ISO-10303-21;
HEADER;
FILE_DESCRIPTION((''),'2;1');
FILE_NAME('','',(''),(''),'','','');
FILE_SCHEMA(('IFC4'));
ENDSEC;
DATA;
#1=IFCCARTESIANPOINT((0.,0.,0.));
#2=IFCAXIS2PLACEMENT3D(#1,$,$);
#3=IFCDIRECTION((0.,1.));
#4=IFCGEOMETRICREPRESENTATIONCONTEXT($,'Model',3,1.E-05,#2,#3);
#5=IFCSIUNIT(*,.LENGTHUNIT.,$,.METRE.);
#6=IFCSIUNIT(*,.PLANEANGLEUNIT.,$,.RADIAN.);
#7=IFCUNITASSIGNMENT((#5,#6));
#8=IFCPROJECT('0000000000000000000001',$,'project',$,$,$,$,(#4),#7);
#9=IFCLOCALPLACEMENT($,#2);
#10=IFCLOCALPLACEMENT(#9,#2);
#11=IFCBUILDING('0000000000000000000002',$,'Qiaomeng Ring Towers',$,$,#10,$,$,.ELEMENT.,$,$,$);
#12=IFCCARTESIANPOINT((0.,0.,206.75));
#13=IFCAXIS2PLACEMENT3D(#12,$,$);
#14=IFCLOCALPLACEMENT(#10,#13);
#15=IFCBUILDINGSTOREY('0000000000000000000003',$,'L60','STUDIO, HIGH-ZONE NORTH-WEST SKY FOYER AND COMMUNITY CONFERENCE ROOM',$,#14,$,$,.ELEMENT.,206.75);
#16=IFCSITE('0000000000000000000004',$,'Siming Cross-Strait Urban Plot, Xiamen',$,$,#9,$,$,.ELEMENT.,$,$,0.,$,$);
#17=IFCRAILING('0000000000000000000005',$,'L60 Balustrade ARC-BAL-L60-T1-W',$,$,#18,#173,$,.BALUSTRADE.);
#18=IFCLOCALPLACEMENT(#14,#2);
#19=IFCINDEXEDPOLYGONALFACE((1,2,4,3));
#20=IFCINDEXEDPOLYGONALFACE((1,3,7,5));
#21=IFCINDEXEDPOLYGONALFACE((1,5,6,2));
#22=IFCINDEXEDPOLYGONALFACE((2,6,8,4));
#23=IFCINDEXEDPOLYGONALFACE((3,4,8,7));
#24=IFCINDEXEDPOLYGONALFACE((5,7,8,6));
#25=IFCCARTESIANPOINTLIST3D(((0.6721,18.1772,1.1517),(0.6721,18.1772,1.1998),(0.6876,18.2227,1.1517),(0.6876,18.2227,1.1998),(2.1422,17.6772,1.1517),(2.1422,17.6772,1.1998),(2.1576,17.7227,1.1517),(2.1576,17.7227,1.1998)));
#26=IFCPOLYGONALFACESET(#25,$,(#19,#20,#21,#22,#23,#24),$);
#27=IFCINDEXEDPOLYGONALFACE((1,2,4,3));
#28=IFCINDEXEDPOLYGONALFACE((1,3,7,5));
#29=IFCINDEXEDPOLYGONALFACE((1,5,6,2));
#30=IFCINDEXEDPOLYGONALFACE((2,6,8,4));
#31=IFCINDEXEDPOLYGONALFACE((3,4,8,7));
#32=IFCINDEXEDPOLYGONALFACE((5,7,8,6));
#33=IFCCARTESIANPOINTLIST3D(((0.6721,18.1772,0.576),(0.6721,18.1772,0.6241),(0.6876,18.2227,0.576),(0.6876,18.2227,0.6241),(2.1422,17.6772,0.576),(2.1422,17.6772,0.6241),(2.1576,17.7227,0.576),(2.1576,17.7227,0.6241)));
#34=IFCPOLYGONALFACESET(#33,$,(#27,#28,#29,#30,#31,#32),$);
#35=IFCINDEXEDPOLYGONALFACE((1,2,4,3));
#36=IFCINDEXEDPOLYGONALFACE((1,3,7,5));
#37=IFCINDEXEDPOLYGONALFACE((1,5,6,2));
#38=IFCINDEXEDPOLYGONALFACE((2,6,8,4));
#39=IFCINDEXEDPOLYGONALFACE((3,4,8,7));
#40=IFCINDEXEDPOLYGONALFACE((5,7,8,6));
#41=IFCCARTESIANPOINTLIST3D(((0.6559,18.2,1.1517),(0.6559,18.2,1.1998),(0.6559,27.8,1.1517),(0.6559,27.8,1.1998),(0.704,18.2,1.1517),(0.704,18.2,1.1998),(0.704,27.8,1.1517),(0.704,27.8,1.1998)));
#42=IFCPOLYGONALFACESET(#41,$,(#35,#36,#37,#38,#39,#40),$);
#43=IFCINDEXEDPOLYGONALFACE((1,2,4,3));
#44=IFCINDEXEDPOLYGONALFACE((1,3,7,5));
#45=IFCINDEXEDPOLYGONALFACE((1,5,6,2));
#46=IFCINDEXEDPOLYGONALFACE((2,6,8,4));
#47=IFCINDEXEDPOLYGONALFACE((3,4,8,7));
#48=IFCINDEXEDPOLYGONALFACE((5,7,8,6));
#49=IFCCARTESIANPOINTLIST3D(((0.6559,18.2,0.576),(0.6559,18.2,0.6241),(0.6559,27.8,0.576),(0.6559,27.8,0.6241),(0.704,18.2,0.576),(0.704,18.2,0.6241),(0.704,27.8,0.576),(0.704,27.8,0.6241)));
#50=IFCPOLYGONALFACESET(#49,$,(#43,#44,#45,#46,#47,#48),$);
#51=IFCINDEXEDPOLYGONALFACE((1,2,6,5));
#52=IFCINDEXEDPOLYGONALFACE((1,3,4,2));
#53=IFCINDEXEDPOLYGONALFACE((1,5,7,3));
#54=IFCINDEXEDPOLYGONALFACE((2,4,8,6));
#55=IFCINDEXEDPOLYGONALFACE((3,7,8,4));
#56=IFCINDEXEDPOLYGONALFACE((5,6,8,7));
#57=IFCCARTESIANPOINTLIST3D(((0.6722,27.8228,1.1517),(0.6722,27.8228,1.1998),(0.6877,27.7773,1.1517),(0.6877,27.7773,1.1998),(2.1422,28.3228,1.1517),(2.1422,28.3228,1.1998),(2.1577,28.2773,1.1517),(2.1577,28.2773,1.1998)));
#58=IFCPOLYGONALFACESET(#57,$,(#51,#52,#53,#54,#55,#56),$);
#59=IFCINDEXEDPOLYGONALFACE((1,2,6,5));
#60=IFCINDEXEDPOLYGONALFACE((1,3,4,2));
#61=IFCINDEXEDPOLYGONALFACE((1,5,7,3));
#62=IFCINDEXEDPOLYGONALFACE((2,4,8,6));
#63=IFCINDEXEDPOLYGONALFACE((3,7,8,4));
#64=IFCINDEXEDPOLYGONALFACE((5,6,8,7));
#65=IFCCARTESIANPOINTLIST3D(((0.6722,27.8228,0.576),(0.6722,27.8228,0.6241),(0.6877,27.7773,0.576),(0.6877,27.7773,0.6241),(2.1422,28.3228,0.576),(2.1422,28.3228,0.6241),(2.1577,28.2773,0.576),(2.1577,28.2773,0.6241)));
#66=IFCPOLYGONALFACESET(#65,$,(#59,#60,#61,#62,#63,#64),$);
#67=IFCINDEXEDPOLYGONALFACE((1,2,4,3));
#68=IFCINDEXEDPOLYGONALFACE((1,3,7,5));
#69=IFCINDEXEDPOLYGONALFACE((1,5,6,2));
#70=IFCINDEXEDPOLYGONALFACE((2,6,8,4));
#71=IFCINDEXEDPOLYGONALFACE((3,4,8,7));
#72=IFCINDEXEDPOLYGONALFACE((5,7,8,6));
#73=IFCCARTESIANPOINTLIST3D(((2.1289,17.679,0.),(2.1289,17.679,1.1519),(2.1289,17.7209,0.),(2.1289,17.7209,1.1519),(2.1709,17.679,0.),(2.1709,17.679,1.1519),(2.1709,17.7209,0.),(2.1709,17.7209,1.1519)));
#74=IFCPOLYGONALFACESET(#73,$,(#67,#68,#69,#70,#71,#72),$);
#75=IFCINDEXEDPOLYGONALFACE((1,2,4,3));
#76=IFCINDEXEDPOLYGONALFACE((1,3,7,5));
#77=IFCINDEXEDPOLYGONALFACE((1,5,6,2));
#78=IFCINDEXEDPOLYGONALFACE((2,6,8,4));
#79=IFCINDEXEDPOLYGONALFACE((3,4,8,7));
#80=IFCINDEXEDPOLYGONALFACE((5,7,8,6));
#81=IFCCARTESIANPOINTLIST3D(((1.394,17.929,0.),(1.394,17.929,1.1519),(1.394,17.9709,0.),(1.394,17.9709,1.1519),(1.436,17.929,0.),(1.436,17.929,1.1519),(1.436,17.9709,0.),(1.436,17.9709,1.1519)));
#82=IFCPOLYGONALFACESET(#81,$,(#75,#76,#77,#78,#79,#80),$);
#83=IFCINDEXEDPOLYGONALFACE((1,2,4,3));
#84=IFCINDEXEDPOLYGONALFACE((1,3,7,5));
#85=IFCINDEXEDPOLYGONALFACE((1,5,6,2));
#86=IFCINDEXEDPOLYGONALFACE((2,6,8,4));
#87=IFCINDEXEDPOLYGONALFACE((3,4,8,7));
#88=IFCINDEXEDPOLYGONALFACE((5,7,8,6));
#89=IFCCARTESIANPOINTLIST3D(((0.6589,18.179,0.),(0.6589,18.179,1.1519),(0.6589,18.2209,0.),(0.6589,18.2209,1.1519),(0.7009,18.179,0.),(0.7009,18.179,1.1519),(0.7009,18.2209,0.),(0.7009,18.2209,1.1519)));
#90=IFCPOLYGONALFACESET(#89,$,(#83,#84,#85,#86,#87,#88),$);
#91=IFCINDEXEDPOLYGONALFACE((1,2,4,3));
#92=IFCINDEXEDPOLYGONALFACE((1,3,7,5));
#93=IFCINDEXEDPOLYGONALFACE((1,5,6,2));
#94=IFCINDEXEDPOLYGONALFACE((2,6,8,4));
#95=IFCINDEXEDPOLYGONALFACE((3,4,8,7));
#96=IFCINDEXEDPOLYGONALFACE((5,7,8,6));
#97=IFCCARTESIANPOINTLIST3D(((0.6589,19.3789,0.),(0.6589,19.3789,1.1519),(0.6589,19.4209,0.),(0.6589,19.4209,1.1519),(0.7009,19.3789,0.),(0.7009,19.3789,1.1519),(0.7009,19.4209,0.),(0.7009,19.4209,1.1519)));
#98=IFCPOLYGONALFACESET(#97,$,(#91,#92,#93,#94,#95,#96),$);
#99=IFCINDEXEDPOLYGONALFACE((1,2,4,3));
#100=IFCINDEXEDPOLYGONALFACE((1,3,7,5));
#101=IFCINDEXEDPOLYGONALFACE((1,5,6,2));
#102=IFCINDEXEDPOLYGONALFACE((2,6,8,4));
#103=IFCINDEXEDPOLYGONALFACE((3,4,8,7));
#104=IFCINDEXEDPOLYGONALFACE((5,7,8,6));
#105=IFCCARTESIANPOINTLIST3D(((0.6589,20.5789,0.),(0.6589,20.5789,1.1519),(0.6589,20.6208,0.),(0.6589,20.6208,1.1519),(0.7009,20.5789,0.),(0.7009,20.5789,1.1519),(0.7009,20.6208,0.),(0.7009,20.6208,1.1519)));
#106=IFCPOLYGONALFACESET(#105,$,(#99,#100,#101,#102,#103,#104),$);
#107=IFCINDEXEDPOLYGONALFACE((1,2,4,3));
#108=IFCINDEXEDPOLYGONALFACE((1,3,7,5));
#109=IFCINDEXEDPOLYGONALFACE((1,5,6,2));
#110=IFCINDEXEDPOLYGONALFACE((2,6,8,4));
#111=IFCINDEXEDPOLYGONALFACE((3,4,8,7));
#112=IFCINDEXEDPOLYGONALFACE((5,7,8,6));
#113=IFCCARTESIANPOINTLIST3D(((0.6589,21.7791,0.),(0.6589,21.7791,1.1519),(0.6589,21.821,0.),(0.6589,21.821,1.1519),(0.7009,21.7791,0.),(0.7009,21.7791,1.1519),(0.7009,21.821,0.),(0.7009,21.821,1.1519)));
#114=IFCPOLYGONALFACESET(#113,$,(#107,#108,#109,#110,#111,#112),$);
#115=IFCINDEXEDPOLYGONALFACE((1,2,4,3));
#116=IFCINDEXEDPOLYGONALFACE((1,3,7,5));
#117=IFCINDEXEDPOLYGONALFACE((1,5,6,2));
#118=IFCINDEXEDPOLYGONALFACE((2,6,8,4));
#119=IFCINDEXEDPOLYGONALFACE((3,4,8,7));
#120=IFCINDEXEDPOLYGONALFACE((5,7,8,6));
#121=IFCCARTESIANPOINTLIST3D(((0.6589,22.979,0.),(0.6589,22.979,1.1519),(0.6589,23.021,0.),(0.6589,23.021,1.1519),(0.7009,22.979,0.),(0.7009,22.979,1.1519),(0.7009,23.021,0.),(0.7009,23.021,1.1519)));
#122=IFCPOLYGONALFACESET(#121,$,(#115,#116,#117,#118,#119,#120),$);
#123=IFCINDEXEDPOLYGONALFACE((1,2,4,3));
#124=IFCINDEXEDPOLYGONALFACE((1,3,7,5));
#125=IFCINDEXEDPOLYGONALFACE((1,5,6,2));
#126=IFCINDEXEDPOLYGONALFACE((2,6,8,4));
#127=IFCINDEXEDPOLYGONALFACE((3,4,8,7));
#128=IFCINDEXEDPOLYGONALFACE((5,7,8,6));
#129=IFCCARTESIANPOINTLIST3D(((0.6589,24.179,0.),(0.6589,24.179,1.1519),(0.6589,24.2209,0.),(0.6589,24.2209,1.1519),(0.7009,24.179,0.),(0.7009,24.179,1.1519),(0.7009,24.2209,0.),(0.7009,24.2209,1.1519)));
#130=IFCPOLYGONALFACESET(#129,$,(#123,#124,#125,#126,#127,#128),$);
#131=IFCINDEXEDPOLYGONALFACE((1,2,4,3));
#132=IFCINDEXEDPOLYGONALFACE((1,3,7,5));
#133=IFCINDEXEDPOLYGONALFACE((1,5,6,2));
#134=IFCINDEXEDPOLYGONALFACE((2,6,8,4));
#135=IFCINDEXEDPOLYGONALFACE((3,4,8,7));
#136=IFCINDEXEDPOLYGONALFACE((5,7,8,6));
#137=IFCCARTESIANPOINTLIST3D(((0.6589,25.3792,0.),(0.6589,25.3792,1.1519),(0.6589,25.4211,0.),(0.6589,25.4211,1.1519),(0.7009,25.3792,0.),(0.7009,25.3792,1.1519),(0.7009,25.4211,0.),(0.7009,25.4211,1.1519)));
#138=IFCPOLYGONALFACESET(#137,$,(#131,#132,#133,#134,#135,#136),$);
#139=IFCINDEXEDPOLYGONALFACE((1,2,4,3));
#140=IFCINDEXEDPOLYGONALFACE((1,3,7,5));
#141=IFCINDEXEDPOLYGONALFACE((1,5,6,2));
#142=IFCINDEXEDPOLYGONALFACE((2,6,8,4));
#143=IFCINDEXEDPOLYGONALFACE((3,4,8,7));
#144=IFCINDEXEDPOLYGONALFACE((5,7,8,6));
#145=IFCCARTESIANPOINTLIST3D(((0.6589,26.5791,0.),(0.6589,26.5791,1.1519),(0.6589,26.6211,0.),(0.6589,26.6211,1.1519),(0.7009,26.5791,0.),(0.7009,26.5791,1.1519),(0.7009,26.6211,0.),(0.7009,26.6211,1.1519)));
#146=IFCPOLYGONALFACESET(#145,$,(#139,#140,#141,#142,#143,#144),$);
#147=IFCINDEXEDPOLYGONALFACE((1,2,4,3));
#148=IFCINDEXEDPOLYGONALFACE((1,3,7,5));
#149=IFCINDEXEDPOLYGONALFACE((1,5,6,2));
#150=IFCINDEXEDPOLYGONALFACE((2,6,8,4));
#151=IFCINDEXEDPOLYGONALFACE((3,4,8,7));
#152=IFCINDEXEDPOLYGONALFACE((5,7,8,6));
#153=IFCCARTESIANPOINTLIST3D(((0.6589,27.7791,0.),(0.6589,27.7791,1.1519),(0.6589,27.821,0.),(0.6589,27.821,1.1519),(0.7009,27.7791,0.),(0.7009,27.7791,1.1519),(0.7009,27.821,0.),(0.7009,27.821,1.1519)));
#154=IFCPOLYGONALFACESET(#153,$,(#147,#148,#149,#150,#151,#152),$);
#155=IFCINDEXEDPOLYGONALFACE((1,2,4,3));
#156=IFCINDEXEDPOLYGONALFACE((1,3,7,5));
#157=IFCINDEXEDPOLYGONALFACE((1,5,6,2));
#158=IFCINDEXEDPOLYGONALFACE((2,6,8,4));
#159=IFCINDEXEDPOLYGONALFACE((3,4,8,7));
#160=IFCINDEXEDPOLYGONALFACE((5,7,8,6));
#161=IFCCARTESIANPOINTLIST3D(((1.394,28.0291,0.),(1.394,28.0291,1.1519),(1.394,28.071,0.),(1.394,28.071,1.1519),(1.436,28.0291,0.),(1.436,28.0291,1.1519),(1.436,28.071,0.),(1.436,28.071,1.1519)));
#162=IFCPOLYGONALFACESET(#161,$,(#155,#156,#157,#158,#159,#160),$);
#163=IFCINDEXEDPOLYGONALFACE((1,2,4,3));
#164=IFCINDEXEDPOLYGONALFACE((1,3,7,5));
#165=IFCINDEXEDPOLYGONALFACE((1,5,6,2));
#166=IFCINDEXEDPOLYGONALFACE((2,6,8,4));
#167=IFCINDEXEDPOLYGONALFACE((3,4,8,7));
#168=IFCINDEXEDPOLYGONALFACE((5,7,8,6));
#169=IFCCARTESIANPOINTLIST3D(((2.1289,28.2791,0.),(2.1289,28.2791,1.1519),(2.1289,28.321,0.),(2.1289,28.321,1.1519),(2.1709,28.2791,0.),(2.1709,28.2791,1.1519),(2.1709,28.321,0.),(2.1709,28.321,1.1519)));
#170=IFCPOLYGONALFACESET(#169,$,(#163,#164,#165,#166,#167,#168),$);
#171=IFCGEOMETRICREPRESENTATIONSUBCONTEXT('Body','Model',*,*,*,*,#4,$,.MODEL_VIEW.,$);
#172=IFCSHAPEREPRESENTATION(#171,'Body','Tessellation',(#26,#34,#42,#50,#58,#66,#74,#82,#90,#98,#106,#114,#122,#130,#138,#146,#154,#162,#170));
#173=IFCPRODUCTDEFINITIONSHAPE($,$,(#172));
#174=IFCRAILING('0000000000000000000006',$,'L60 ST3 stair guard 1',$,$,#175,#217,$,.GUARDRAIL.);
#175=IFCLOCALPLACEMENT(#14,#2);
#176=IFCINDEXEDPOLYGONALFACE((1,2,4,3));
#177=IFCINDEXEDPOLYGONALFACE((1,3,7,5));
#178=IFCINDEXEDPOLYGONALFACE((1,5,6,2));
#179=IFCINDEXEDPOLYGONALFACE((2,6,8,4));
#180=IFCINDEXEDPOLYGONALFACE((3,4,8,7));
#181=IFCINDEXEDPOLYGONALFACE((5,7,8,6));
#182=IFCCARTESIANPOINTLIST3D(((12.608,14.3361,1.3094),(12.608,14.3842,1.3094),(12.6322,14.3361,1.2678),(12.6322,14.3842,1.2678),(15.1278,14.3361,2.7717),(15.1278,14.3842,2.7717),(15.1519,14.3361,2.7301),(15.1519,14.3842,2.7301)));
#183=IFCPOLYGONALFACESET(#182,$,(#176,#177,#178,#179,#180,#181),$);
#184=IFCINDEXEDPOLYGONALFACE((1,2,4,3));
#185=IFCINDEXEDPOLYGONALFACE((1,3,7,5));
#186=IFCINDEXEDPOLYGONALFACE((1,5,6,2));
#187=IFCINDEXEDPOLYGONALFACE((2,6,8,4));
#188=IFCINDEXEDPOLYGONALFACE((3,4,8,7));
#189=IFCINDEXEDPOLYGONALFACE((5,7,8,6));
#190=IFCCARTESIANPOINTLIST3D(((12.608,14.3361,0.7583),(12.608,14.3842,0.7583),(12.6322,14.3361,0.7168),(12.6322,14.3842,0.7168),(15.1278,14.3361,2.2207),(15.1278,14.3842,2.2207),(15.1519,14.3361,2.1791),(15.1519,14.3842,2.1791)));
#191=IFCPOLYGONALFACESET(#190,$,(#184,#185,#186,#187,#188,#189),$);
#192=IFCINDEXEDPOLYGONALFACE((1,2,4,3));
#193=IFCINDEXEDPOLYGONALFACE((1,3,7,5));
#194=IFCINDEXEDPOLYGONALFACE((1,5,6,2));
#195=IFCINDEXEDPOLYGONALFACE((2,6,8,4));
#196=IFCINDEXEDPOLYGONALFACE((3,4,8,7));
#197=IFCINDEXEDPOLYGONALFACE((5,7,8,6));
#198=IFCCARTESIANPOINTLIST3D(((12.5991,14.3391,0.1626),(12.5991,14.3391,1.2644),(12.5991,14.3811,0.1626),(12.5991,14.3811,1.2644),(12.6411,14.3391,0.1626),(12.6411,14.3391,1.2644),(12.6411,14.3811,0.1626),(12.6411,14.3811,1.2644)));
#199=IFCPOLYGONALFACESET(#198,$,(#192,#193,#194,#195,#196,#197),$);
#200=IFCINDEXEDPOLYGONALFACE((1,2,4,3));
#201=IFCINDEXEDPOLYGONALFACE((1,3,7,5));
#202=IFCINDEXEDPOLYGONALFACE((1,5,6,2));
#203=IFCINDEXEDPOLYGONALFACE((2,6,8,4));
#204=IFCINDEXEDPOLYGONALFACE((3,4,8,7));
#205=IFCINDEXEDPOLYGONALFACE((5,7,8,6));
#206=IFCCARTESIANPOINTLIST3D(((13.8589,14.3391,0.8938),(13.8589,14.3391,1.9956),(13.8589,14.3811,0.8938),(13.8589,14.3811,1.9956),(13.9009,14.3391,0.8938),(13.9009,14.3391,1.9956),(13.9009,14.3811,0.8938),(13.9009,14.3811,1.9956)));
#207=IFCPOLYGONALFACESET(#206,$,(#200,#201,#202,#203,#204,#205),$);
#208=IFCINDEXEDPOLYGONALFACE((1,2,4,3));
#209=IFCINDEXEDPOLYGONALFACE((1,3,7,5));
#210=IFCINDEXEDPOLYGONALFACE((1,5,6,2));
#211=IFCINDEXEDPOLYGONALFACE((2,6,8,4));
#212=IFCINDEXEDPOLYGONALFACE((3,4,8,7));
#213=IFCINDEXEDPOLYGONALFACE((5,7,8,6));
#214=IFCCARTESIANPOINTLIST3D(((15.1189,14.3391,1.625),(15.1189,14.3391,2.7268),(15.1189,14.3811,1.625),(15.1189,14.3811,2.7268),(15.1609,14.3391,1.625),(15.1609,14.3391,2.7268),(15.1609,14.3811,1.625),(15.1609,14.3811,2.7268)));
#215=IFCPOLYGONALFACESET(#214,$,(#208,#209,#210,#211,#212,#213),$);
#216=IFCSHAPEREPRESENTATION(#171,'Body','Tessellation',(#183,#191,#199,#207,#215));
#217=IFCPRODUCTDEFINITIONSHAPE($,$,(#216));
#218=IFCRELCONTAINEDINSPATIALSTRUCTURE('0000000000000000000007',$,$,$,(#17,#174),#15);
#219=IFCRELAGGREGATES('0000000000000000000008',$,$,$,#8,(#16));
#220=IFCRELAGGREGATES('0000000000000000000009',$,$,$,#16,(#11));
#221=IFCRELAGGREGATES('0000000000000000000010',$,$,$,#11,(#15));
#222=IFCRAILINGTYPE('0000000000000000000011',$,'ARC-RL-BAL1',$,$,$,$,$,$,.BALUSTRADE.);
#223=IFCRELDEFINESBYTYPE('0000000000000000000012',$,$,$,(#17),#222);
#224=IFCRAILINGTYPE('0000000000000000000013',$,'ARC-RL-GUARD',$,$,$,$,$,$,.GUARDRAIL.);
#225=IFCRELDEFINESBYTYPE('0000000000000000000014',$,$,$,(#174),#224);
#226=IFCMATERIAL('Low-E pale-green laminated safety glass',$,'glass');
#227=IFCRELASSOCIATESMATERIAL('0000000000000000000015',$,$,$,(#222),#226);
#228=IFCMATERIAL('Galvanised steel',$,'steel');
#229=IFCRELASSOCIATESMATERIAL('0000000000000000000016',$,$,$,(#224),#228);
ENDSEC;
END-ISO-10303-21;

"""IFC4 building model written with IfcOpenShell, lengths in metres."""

from ifc_helpers import new_model, si_unit, direction, frame, origin, origin_2d, place, context, subcontext, project, spatial, rectangle, extrude, material, type_object, element, save


model = new_model("IFC4")

# Units and contexts
model_context = context("Model", 3, precision=1e-05, world=origin(), true_north=direction((0.0, 1.0)))
body_context = subcontext(model_context, "Body", "Model", "MODEL_VIEW")
ifc_project = project(units=[si_unit("LENGTHUNIT", "METRE"), si_unit("PLANEANGLEUNIT", "RADIAN")], contexts=[model_context])

# Site, building, storey
site_placement = place(None, origin())
site = spatial("IfcSite", under=ifc_project, at=site_placement, Name="Siming Cross-Strait Urban Plot, Xiamen", CompositionType="ELEMENT", RefElevation=0.0)
building_placement = place(site_placement, origin())
building = spatial("IfcBuilding", under=site, at=building_placement, Name="Qiaomeng Ring Towers", CompositionType="ELEMENT")
storey_placement = place(building_placement, frame((0.0, 0.0, 206.75)))
storey = spatial("IfcBuildingStorey", under=building, at=storey_placement, Name="L60", Description="STUDIO, HIGH-ZONE NORTH-WEST SKY FOYER AND COMMUNITY CONFERENCE ROOM", CompositionType="ELEMENT", Elevation=206.75)

# Shared definitions
ifc_material_1 = material(Name="Galvanised steel", Category="steel")

# Railings
ifc_material_2 = material(Name="Low-E pale-green laminated safety glass", Category="glass")
railing_type_1 = type_object("IfcRailingType", Name="ARC-RL-BAL1", PredefinedType="BALUSTRADE", material=ifc_material_2)
railing_1_placement = place(storey_placement, frame((2.1499, 17.7, 0.0)))
element("IfcRailing", 1, at=railing_1_placement, inside=storey, type_object=railing_type_1, Name="L60 Balustrade ARC-BAL-L60-T1-W", PredefinedType="BALUSTRADE", context=body_context, shape_type="SweptSolid", body=[
    extrude(rectangle(XDim=0.0481, YDim=0.0481, at=origin_2d()), frame((0.0, 0.0, 1.1758), z_axis=(-0.946732, 0.322024, 0.0), x_axis=(-0.322024, -0.946732, 0.0)), (0.0, 0.0, 1.0), 1.5527),
    extrude(rectangle(XDim=0.0481, YDim=0.0481, at=origin_2d()), frame((0.0, 0.0, 0.6001), z_axis=(-0.946732, 0.322024, 0.0), x_axis=(-0.322024, -0.946732, 0.0)), (0.0, 0.0, 1.0), 1.5527),
    extrude(rectangle(XDim=0.0481, YDim=0.0481, at=origin_2d()), frame((-1.47, 0.5, 1.1758), z_axis=(0.0, 1.0, 0.0), x_axis=(-1.0, 0.0, 0.0)), (0.0, 0.0, 1.0), 9.6001),
    extrude(rectangle(XDim=0.0481, YDim=0.0481, at=origin_2d()), frame((-1.47, 0.5, 0.6001), z_axis=(0.0, 1.0, 0.0), x_axis=(-1.0, 0.0, 0.0)), (0.0, 0.0, 1.0), 9.6001),
    extrude(rectangle(XDim=0.0481, YDim=0.0481, at=origin_2d()), frame((-1.47, 10.1001, 1.1758), z_axis=(0.946732, 0.322024, 0.0), x_axis=(-0.322024, 0.946732, 0.0)), (0.0, 0.0, 1.0), 1.5527),
    extrude(rectangle(XDim=0.0481, YDim=0.0481, at=origin_2d()), frame((-1.47, 10.1001, 0.6001), z_axis=(0.946732, 0.322024, 0.0), x_axis=(-0.322024, 0.946732, 0.0)), (0.0, 0.0, 1.0), 1.5527),
    extrude(rectangle(XDim=0.042, YDim=0.042, at=origin_2d()), origin(), (0.0, 0.0, 1.0), 1.1519),
    extrude(rectangle(XDim=0.042, YDim=0.042, at=origin_2d()), frame((-0.7349, 0.25, 0.0)), (0.0, 0.0, 1.0), 1.1519),
    extrude(rectangle(XDim=0.042, YDim=0.042, at=origin_2d()), frame((-1.47, 0.5, 0.0)), (0.0, 0.0, 1.0), 1.1519),
    extrude(rectangle(XDim=0.042, YDim=0.042, at=origin_2d()), frame((-1.47, 1.7, 0.0)), (0.0, 0.0, 1.0), 1.1519),
    extrude(rectangle(XDim=0.042, YDim=0.042, at=origin_2d()), frame((-1.47, 2.8999, 0.0)), (0.0, 0.0, 1.0), 1.1519),
    extrude(rectangle(XDim=0.042, YDim=0.042, at=origin_2d()), frame((-1.47, 4.1001, 0.0)), (0.0, 0.0, 1.0), 1.1519),
    extrude(rectangle(XDim=0.042, YDim=0.042, at=origin_2d()), frame((-1.47, 5.3, 0.0)), (0.0, 0.0, 1.0), 1.1519),
    extrude(rectangle(XDim=0.042, YDim=0.042, at=origin_2d()), frame((-1.47, 6.5, 0.0)), (0.0, 0.0, 1.0), 1.1519),
    extrude(rectangle(XDim=0.042, YDim=0.042, at=origin_2d()), frame((-1.47, 7.7002, 0.0)), (0.0, 0.0, 1.0), 1.1519),
    extrude(rectangle(XDim=0.042, YDim=0.042, at=origin_2d()), frame((-1.47, 8.9001, 0.0)), (0.0, 0.0, 1.0), 1.1519),
    extrude(rectangle(XDim=0.042, YDim=0.042, at=origin_2d()), frame((-1.47, 10.1001, 0.0)), (0.0, 0.0, 1.0), 1.1519),
    extrude(rectangle(XDim=0.042, YDim=0.042, at=origin_2d()), frame((-0.7349, 10.3501, 0.0)), (0.0, 0.0, 1.0), 1.1519),
    extrude(rectangle(XDim=0.042, YDim=0.042, at=origin_2d()), frame((0.0, 10.6001, 0.0)), (0.0, 0.0, 1.0), 1.1519),
])
railing_type_2 = type_object("IfcRailingType", Name="ARC-RL-GUARD", PredefinedType="GUARDRAIL", material=ifc_material_1)
railing_2_placement = place(storey_placement, frame((12.6201, 14.3601, 0.1626)))
element("IfcRailing", 2, at=railing_2_placement, inside=storey, type_object=railing_type_2, Name="L60 ST3 stair guard 1", PredefinedType="GUARDRAIL", context=body_context, shape_type="SweptSolid", body=[
    extrude(rectangle(XDim=0.0481, YDim=0.0481, at=origin_2d()), frame((0.0, 0.0, 1.126), z_axis=(0.864892, 0.0, 0.501958), x_axis=(0.0, 1.0, 0.0)), (0.0, 0.0, 1.0), 2.9133),
    extrude(rectangle(XDim=0.0481, YDim=0.0481, at=origin_2d()), frame((0.0, 0.0, 0.575), z_axis=(0.864892, 0.0, 0.501958), x_axis=(0.0, 1.0, 0.0)), (0.0, 0.0, 1.0), 2.9133),
    extrude(rectangle(XDim=0.042, YDim=0.042, at=origin_2d()), origin(), (0.0, 0.0, 1.0), 1.1018),
    extrude(rectangle(XDim=0.042, YDim=0.042, at=origin_2d()), frame((1.2598, 0.0, 0.7312)), (0.0, 0.0, 1.0), 1.1018),
    extrude(rectangle(XDim=0.042, YDim=0.042, at=origin_2d()), frame((2.5198, 0.0, 1.4624)), (0.0, 0.0, 1.0), 1.1018),
])

save(model, "model.ifc")
